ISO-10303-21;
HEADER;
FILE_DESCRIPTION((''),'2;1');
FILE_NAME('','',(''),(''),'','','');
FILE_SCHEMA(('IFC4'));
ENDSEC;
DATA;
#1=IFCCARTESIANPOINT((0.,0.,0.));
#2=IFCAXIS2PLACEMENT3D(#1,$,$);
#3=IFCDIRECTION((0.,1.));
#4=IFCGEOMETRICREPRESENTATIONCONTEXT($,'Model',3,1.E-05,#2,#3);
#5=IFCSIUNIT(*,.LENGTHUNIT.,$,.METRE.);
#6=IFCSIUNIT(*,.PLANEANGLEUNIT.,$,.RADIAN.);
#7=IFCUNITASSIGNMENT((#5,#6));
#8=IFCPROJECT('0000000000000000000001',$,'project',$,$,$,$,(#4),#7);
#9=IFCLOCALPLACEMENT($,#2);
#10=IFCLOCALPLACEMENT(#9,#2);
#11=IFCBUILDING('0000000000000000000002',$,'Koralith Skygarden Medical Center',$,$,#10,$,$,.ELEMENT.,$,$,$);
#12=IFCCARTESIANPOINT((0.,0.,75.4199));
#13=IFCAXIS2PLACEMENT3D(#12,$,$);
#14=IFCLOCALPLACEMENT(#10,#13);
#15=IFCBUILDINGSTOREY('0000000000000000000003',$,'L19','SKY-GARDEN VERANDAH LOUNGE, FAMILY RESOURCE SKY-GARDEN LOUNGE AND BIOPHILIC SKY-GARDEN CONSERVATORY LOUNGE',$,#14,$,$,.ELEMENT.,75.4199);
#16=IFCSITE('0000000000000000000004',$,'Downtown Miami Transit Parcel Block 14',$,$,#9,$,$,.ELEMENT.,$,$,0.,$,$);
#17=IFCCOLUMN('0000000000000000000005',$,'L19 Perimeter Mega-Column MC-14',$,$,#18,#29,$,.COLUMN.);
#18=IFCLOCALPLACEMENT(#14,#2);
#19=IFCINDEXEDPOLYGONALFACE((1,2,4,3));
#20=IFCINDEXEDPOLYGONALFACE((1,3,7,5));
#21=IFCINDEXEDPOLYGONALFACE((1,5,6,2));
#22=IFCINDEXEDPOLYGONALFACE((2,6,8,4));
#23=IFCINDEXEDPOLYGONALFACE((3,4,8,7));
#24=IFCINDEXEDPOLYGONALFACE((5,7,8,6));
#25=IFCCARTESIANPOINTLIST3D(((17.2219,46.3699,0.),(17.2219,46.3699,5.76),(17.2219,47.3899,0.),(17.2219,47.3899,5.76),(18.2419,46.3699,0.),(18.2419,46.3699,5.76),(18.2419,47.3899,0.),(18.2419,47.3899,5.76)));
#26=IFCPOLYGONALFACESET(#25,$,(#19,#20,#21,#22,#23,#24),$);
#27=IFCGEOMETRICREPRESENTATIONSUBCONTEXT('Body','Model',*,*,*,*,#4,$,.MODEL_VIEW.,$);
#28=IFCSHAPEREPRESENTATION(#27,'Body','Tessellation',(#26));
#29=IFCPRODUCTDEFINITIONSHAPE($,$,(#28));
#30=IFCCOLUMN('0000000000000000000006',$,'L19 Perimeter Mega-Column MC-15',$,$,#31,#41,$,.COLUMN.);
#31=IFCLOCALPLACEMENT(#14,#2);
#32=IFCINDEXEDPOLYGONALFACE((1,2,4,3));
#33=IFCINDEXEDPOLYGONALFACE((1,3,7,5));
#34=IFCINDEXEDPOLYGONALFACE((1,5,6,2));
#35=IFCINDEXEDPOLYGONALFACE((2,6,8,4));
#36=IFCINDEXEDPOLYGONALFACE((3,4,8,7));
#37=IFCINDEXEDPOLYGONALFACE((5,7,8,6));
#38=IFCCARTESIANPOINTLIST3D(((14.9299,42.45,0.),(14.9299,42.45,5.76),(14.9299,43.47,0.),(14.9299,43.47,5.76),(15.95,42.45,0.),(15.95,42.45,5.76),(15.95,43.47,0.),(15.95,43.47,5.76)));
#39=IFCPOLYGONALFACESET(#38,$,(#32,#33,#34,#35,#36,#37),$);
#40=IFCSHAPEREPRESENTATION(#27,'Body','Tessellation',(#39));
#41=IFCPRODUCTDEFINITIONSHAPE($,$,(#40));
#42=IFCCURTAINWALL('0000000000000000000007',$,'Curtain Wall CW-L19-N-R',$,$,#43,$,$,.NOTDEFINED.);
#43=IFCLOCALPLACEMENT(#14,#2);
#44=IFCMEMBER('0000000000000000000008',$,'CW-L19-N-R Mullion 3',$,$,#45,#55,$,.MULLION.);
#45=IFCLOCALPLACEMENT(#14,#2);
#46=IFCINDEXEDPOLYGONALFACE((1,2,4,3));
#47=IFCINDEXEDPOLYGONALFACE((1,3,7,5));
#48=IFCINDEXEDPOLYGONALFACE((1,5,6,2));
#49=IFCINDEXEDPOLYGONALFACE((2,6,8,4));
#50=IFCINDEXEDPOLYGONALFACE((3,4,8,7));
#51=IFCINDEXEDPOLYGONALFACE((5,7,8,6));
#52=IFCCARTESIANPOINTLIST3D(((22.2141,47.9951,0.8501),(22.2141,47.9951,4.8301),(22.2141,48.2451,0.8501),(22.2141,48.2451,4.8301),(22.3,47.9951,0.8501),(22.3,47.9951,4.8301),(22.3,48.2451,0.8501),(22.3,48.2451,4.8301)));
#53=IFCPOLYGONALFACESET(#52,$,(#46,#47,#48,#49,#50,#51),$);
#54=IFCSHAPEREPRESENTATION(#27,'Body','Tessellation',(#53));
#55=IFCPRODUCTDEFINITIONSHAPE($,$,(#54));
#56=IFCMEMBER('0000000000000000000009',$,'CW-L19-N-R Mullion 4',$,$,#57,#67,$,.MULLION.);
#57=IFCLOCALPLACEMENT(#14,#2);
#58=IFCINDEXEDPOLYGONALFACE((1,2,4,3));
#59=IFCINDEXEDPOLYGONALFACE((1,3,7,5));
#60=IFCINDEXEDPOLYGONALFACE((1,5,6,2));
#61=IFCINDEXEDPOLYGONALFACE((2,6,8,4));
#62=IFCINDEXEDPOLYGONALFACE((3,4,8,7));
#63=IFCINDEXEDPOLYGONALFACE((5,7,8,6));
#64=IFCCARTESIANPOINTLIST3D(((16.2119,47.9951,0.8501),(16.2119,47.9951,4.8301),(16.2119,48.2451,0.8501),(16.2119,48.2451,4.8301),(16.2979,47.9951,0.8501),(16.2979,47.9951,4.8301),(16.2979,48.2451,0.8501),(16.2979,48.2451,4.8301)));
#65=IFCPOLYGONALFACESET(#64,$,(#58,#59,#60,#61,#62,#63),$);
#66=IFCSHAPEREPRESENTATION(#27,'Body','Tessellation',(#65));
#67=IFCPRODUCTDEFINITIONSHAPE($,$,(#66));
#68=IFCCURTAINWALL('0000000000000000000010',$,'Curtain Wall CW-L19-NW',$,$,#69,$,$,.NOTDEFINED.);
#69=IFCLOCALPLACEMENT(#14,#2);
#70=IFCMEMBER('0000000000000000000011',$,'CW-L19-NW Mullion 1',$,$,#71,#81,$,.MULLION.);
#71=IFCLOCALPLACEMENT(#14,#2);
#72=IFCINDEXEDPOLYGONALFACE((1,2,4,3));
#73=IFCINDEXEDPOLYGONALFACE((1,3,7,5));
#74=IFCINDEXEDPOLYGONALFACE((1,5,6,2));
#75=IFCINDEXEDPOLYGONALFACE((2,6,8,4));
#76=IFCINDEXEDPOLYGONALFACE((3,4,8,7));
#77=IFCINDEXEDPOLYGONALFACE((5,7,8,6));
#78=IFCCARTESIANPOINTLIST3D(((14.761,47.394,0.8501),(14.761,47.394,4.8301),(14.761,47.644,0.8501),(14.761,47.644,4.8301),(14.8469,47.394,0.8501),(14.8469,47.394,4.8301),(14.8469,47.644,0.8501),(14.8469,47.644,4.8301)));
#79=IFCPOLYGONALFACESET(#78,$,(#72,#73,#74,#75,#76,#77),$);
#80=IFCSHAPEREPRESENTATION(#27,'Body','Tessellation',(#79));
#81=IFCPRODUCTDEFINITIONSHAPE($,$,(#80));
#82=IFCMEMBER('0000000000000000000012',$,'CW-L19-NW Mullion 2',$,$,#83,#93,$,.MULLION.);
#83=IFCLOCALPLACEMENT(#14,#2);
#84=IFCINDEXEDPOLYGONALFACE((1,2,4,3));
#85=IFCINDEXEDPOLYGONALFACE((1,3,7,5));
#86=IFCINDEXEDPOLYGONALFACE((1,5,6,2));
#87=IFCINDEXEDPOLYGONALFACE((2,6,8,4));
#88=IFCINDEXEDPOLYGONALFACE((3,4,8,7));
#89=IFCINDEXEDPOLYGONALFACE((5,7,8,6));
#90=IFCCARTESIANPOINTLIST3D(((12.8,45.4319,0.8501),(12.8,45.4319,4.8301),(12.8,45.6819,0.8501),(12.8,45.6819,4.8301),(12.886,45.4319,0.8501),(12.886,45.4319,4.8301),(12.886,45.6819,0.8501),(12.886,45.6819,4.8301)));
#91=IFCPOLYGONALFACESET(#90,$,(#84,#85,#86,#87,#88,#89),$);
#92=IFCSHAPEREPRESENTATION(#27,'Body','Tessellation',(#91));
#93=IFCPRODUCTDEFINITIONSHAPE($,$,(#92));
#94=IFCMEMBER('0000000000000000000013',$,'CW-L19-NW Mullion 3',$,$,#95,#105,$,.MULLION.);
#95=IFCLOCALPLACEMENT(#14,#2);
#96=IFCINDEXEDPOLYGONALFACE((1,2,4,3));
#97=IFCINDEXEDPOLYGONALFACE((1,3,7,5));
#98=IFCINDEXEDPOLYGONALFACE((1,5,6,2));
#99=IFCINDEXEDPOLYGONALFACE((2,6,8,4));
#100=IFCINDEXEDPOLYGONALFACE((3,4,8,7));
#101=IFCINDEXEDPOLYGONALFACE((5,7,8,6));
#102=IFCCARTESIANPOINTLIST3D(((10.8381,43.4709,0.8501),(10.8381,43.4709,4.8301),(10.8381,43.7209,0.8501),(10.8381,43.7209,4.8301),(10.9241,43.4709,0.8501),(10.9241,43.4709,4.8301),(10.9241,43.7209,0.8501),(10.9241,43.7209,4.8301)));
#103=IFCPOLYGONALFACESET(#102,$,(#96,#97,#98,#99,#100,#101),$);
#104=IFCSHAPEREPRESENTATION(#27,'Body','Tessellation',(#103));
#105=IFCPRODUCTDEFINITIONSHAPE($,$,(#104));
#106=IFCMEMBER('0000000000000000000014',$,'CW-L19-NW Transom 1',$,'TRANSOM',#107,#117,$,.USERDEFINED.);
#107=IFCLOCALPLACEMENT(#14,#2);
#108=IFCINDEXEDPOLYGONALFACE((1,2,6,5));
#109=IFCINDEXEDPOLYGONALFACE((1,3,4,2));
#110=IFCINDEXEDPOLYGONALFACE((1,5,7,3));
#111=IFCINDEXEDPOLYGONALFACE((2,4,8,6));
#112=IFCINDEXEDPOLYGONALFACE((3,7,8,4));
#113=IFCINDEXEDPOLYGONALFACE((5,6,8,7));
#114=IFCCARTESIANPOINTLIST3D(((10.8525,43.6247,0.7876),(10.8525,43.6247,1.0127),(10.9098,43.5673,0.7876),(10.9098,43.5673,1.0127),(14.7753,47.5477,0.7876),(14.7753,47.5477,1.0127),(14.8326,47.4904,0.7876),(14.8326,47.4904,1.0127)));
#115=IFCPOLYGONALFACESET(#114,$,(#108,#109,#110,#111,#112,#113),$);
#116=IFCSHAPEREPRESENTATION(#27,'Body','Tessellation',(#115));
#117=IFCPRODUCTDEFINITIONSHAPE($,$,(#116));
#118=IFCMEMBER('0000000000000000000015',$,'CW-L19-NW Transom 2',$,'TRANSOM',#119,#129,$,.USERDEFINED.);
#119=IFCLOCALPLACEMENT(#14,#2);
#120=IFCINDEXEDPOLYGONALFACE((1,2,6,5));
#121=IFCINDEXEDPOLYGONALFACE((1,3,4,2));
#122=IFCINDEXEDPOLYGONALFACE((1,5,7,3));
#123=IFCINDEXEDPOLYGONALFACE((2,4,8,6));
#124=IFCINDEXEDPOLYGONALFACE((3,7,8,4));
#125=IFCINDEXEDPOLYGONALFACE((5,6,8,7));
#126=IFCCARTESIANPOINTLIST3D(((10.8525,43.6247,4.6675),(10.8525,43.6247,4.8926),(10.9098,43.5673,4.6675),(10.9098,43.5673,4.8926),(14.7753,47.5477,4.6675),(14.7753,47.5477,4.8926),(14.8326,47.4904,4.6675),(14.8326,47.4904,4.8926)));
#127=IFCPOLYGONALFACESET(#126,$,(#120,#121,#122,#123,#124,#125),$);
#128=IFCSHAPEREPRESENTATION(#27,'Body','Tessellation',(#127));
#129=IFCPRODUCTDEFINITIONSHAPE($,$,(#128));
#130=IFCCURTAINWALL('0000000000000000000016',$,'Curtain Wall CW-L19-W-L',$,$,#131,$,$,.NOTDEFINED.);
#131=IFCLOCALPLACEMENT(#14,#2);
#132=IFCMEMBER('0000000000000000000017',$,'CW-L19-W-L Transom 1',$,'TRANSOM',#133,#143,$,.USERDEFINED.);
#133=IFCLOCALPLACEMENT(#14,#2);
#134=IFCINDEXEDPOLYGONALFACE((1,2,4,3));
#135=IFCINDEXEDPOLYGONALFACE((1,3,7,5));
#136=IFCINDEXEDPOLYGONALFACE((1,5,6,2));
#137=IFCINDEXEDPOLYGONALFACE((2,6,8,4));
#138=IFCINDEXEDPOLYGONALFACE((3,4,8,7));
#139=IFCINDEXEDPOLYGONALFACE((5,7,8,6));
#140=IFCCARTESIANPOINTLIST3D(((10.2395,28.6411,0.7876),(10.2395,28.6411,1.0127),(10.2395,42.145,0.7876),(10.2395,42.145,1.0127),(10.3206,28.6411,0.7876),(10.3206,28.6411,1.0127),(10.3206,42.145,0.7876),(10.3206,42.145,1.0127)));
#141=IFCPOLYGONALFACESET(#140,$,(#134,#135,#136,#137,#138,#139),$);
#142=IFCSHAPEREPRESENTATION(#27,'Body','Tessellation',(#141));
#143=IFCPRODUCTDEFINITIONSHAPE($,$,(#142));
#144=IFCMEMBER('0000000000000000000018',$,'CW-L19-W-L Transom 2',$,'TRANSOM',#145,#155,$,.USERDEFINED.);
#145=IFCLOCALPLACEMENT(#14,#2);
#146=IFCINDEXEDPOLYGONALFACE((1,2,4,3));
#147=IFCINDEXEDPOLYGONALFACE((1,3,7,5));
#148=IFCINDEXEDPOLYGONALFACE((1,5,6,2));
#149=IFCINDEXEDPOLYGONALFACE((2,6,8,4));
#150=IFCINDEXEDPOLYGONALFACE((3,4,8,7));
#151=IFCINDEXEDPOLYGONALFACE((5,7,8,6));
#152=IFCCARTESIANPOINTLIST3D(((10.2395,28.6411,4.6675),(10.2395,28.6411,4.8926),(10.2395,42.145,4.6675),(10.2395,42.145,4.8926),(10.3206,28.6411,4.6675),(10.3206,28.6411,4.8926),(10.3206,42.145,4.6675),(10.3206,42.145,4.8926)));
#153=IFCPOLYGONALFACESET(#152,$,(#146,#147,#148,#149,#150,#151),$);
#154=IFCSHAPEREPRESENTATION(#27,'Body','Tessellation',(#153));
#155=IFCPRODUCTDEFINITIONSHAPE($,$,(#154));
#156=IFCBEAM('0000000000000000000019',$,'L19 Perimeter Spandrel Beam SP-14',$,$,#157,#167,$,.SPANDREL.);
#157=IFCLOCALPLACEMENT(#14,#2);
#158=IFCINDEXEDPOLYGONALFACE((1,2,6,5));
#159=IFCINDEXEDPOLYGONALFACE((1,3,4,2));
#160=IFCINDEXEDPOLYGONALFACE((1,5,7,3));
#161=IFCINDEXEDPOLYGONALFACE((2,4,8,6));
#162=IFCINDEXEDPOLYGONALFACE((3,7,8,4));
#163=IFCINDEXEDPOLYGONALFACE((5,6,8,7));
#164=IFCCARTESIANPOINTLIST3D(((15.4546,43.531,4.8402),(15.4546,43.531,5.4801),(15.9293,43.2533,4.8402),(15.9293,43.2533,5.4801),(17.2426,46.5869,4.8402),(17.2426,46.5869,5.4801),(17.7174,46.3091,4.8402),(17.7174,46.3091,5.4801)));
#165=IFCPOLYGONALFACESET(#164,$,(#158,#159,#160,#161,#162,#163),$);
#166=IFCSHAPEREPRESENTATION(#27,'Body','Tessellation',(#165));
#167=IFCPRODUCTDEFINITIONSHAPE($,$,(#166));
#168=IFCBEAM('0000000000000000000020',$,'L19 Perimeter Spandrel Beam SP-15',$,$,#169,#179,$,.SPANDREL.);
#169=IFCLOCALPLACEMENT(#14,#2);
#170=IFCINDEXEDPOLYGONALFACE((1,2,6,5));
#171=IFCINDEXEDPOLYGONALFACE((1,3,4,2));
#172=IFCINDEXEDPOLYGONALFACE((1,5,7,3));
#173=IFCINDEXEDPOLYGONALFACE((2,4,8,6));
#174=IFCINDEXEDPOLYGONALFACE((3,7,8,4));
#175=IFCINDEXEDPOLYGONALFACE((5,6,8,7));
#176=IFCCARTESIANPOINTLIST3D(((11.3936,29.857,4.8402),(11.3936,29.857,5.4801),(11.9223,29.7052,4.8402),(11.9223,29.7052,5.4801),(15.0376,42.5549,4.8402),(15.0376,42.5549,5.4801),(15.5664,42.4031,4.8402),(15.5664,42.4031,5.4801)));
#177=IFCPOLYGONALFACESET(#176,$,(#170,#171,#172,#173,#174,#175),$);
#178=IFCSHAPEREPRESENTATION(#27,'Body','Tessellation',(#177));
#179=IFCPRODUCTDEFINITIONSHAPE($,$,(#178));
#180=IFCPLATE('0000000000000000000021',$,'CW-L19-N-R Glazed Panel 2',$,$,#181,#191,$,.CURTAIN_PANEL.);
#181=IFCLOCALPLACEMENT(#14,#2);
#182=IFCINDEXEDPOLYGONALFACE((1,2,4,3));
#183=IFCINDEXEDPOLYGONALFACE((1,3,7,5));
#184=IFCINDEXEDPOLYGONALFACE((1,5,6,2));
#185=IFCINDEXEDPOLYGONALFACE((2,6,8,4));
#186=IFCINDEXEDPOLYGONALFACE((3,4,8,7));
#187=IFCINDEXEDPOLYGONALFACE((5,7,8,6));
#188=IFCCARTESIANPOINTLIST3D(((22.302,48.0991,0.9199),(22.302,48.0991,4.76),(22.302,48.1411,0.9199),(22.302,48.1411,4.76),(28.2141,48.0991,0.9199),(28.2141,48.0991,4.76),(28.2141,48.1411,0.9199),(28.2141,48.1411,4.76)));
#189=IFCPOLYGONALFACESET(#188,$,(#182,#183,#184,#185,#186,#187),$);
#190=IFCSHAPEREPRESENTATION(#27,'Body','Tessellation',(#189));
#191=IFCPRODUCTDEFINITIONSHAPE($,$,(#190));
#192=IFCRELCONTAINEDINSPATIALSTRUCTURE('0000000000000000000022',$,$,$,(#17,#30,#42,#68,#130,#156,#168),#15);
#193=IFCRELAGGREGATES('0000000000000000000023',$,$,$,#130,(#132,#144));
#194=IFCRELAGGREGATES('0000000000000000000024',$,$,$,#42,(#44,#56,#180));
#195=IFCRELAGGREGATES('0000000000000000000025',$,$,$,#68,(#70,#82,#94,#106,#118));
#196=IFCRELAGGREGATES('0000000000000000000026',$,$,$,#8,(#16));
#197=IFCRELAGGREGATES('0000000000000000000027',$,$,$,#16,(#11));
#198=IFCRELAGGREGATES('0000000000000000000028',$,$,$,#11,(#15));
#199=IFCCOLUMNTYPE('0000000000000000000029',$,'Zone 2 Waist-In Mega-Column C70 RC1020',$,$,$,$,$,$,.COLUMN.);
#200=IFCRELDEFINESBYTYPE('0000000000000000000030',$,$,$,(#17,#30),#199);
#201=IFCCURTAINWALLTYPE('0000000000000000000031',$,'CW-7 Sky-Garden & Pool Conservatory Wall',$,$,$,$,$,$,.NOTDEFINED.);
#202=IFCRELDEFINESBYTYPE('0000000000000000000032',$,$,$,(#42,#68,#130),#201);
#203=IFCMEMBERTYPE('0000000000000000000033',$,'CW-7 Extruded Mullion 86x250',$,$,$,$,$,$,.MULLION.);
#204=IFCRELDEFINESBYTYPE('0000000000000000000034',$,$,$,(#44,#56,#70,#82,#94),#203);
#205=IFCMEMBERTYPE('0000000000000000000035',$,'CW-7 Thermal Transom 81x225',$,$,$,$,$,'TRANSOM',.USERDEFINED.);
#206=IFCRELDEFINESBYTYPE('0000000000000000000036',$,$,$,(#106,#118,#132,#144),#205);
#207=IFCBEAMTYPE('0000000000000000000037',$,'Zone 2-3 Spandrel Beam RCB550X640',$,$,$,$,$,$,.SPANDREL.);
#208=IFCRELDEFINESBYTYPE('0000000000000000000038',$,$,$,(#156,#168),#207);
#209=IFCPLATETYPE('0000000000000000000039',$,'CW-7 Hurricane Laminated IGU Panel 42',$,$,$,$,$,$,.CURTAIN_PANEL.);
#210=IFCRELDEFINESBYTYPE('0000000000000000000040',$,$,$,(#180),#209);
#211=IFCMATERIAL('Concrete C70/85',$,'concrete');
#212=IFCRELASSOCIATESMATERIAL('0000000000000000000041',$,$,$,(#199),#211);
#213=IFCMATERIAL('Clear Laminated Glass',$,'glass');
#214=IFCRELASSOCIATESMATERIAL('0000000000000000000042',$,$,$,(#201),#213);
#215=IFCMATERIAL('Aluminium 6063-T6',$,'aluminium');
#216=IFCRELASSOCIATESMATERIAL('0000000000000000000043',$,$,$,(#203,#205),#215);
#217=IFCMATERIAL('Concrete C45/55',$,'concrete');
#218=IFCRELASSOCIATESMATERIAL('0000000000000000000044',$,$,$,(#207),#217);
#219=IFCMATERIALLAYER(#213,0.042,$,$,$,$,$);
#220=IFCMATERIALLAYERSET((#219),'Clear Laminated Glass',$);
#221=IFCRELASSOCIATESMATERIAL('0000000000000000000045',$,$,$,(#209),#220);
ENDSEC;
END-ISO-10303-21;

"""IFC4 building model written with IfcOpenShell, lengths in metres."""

from ifc_helpers import new_model, si_unit, direction, frame, origin, origin_2d, place, context, subcontext, project, spatial, rectangle, extrude, material, layer, layer_set, material_profile, profile_set, type_object, element, aggregate, save


model = new_model("IFC4")

# Units and contexts
model_context = context("Model", 3, precision=1e-05, world=origin(), true_north=direction((0.0, 1.0)))
body_context = subcontext(model_context, "Body", "Model", "MODEL_VIEW")
ifc_project = project(units=[si_unit("LENGTHUNIT", "METRE"), si_unit("PLANEANGLEUNIT", "RADIAN")], contexts=[model_context])

# Site, building, storey
site_placement = place(None, origin())
site = spatial("IfcSite", under=ifc_project, at=site_placement, Name="Downtown Miami Transit Parcel Block 14", CompositionType="ELEMENT", RefElevation=0.0)
building_placement = place(site_placement, origin())
building = spatial("IfcBuilding", under=site, at=building_placement, Name="Koralith Skygarden Medical Center", CompositionType="ELEMENT")
storey_placement = place(building_placement, frame((0.0, 0.0, 75.4199)))
storey = spatial("IfcBuildingStorey", under=building, at=storey_placement, Name="L19", Description="SKY-GARDEN VERANDAH LOUNGE, FAMILY RESOURCE SKY-GARDEN LOUNGE AND BIOPHILIC SKY-GARDEN CONSERVATORY LOUNGE", CompositionType="ELEMENT", Elevation=75.4199)

# Columns
ifc_material_1 = material(Name="Concrete C70/85", Category="concrete")
ifc_material_profile_1 = material_profile(ifc_material_1, rectangle(XDim=1.02, YDim=1.02, at=origin_2d()), Name="RC1020X1020")
ifc_profile_set_1 = profile_set([ifc_material_profile_1], Name="Concrete C70/85")
column_type = type_object("IfcColumnType", Name="Zone 2 Waist-In Mega-Column C70 RC1020", PredefinedType="COLUMN", material=ifc_profile_set_1)
for number, where, z_axis, x_axis, name in (
    (1, (17.7319, 46.8799, 0.0), (0.0, 0.0, 1.0), (1.0, 0.0, 0.0), "L19 Perimeter Mega-Column MC-14"),
    (2, (15.4399, 42.96, 0.0), (0.0, 0.0, 1.0), (1.0, 0.0, 0.0), "L19 Perimeter Mega-Column MC-15"),
):
    element("IfcColumn", number, at=place(storey_placement, frame(where, z_axis=z_axis, x_axis=x_axis)), inside=storey, type_object=column_type, Name=name, PredefinedType="COLUMN", context=body_context, shape_type="SweptSolid", body=[
        extrude(rectangle(XDim=1.02, YDim=1.02, at=origin_2d()), origin(), (0.0, 0.0, 1.0), 5.76),
    ])

# Curtain walls, members
ifc_material_2 = material(Name="Clear Laminated Glass", Category="glass")
curtain_wall_type = type_object("IfcCurtainWallType", Name="CW-7 Sky-Garden & Pool Conservatory Wall", PredefinedType="NOTDEFINED", material=ifc_material_2)
curtain_wall_1_placement = place(storey_placement, origin())
curtain_wall_1 = element("IfcCurtainWall", 3, at=curtain_wall_1_placement, inside=storey, type_object=curtain_wall_type, Name="Curtain Wall CW-L19-N-R", PredefinedType="NOTDEFINED")
ifc_material_3 = material(Name="Aluminium 6063-T6", Category="aluminium")
ifc_material_profile_2 = material_profile(ifc_material_3, rectangle(XDim=0.0859, YDim=0.25, at=origin_2d()), Name="MUL86X250")
ifc_profile_set_2 = profile_set([ifc_material_profile_2], Name="Aluminium 6063-T6")
member_type_1 = type_object("IfcMemberType", Name="CW-7 Extruded Mullion 86x250", PredefinedType="MULLION", material=ifc_profile_set_2)
member_1_placement = place(storey_placement, frame((22.2571, 48.1201, 0.8501), z_axis=(0.0, 0.0, 1.0), x_axis=(1.0, 0.0, 0.0)))
member_1 = element("IfcMember", 4, at=member_1_placement, type_object=member_type_1, Name="CW-L19-N-R Mullion 3", PredefinedType="MULLION", context=body_context, shape_type="SweptSolid", body=[
    extrude(rectangle(XDim=0.0859, YDim=0.25, at=origin_2d()), origin(), (0.0, 0.0, 1.0), 3.98),
])
member_2_placement = place(storey_placement, frame((16.2549, 48.1201, 0.8501), z_axis=(0.0, 0.0, 1.0), x_axis=(1.0, 0.0, 0.0)))
member_2 = element("IfcMember", 5, at=member_2_placement, type_object=member_type_1, Name="CW-L19-N-R Mullion 4", PredefinedType="MULLION", context=body_context, shape_type="SweptSolid", body=[
    extrude(rectangle(XDim=0.0859, YDim=0.25, at=origin_2d()), origin(), (0.0, 0.0, 1.0), 3.98),
])
curtain_wall_2_placement = place(storey_placement, origin())
curtain_wall_2 = element("IfcCurtainWall", 6, at=curtain_wall_2_placement, inside=storey, type_object=curtain_wall_type, Name="Curtain Wall CW-L19-NW", PredefinedType="NOTDEFINED")
member_3_placement = place(storey_placement, frame((14.804, 47.519, 0.8501), z_axis=(0.0, 0.0, 1.0), x_axis=(1.0, 0.0, 0.0)))
member_3 = element("IfcMember", 7, at=member_3_placement, type_object=member_type_1, Name="CW-L19-NW Mullion 1", PredefinedType="MULLION", context=body_context, shape_type="SweptSolid", body=[
    extrude(rectangle(XDim=0.0859, YDim=0.25, at=origin_2d()), origin(), (0.0, 0.0, 1.0), 3.98),
])
member_4_placement = place(storey_placement, frame((12.843, 45.5569, 0.8501), z_axis=(0.0, 0.0, 1.0), x_axis=(1.0, 0.0, 0.0)))
member_4 = element("IfcMember", 8, at=member_4_placement, type_object=member_type_1, Name="CW-L19-NW Mullion 2", PredefinedType="MULLION", context=body_context, shape_type="SweptSolid", body=[
    extrude(rectangle(XDim=0.0859, YDim=0.25, at=origin_2d()), origin(), (0.0, 0.0, 1.0), 3.98),
])
member_5_placement = place(storey_placement, frame((10.8811, 43.5959, 0.8501), z_axis=(0.0, 0.0, 1.0), x_axis=(1.0, 0.0, 0.0)))
member_5 = element("IfcMember", 9, at=member_5_placement, type_object=member_type_1, Name="CW-L19-NW Mullion 3", PredefinedType="MULLION", context=body_context, shape_type="SweptSolid", body=[
    extrude(rectangle(XDim=0.0859, YDim=0.25, at=origin_2d()), origin(), (0.0, 0.0, 1.0), 3.98),
])
ifc_material_profile_3 = material_profile(ifc_material_3, rectangle(XDim=0.0811, YDim=0.2251, at=origin_2d()), Name="TRN81X225")
ifc_profile_set_3 = profile_set([ifc_material_profile_3], Name="Aluminium 6063-T6")
member_type_2 = type_object("IfcMemberType", Name="CW-7 Thermal Transom 81x225", ElementType="TRANSOM", PredefinedType="USERDEFINED", material=ifc_profile_set_3)
member_6_placement = place(storey_placement, frame((14.804, 47.519, 0.9001), z_axis=(-0.707085, -0.707129, 0.0), x_axis=(0.707129, -0.707085, 0.0)))
member_6 = element("IfcMember", 10, at=member_6_placement, type_object=member_type_2, Name="CW-L19-NW Transom 1", ObjectType="TRANSOM", PredefinedType="USERDEFINED", context=body_context, shape_type="SweptSolid", body=[
    extrude(rectangle(XDim=0.0811, YDim=0.2251, at=origin_2d()), origin(), (0.0, 0.0, 1.0), 5.5479),
])
member_7_placement = place(storey_placement, frame((14.804, 47.519, 4.78), z_axis=(-0.707085, -0.707129, 0.0), x_axis=(0.707129, -0.707085, 0.0)))
member_7 = element("IfcMember", 11, at=member_7_placement, type_object=member_type_2, Name="CW-L19-NW Transom 2", ObjectType="TRANSOM", PredefinedType="USERDEFINED", context=body_context, shape_type="SweptSolid", body=[
    extrude(rectangle(XDim=0.0811, YDim=0.2251, at=origin_2d()), origin(), (0.0, 0.0, 1.0), 5.5479),
])
curtain_wall_3_placement = place(storey_placement, origin())
curtain_wall_3 = element("IfcCurtainWall", 12, at=curtain_wall_3_placement, inside=storey, type_object=curtain_wall_type, Name="Curtain Wall CW-L19-W-L", PredefinedType="NOTDEFINED")
member_8_placement = place(storey_placement, frame((10.28, 42.145, 0.9001), z_axis=(0.0, -1.0, 0.0), x_axis=(1.0, 0.0, 0.0)))
member_8 = element("IfcMember", 13, at=member_8_placement, type_object=member_type_2, Name="CW-L19-W-L Transom 1", ObjectType="TRANSOM", PredefinedType="USERDEFINED", context=body_context, shape_type="SweptSolid", body=[
    extrude(rectangle(XDim=0.0811, YDim=0.2251, at=origin_2d()), origin(), (0.0, 0.0, 1.0), 13.5039),
])
member_9_placement = place(storey_placement, frame((10.28, 42.145, 4.78), z_axis=(0.0, -1.0, 0.0), x_axis=(1.0, 0.0, 0.0)))
member_9 = element("IfcMember", 14, at=member_9_placement, type_object=member_type_2, Name="CW-L19-W-L Transom 2", ObjectType="TRANSOM", PredefinedType="USERDEFINED", context=body_context, shape_type="SweptSolid", body=[
    extrude(rectangle(XDim=0.0811, YDim=0.2251, at=origin_2d()), origin(), (0.0, 0.0, 1.0), 13.5039),
])
aggregate(curtain_wall_3, [member_8, member_9])

# Beams
ifc_material_4 = material(Name="Concrete C45/55", Category="concrete")
ifc_material_profile_4 = material_profile(ifc_material_4, rectangle(XDim=0.55, YDim=0.6399, at=origin_2d()), Name="RCB550X640")
ifc_profile_set_4 = profile_set([ifc_material_profile_4], Name="Concrete C45/55")
beam_type = type_object("IfcBeamType", Name="Zone 2-3 Spandrel Beam RCB550X640", PredefinedType="SPANDREL", material=ifc_profile_set_4)
beam_1_placement = place(storey_placement, frame((17.48, 46.448, 5.1602), z_axis=(-0.505024, -0.863105, 0.0), x_axis=(0.863105, -0.505024, 0.0)))
element("IfcBeam", 15, at=beam_1_placement, inside=storey, type_object=beam_type, Name="L19 Perimeter Spandrel Beam SP-14", PredefinedType="SPANDREL", context=body_context, shape_type="SweptSolid", body=[
    extrude(rectangle(XDim=0.55, YDim=0.6399, at=origin_2d()), origin(), (0.0, 0.0, 1.0), 3.5405),
])
beam_2_placement = place(storey_placement, frame((15.302, 42.479, 5.1602), z_axis=(-0.275844, -0.961202, 0.0), x_axis=(0.961202, -0.275844, 0.0)))
element("IfcBeam", 16, at=beam_2_placement, inside=storey, type_object=beam_type, Name="L19 Perimeter Spandrel Beam SP-15", PredefinedType="SPANDREL", context=body_context, shape_type="SweptSolid", body=[
    extrude(rectangle(XDim=0.55, YDim=0.6399, at=origin_2d()), origin(), (0.0, 0.0, 1.0), 13.2104),
])

# Plate
ifc_layer_1 = layer(ifc_material_2, 0.042)
ifc_layer_set_1 = layer_set([ifc_layer_1], Name="Clear Laminated Glass")
plate_type_1 = type_object("IfcPlateType", Name="CW-7 Hurricane Laminated IGU Panel 42", PredefinedType="CURTAIN_PANEL", material=ifc_layer_set_1)
plate_1_placement = place(storey_placement, frame((25.2581, 48.1201, 0.9199), z_axis=(0.0, 0.0, 1.0), x_axis=(-1.0, 0.0, 0.0)))
plate_1 = element("IfcPlate", 17, at=plate_1_placement, type_object=plate_type_1, Name="CW-L19-N-R Glazed Panel 2", PredefinedType="CURTAIN_PANEL", context=body_context, shape_type="SweptSolid", body=[
    extrude(rectangle(XDim=5.9121, YDim=0.042, at=origin_2d()), origin(), (0.0, 0.0, 1.0), 3.8401),
])
aggregate(curtain_wall_1, [member_1, member_2, plate_1])
aggregate(curtain_wall_2, [member_3, member_4, member_5, member_6, member_7])

save(model, "model.ifc")
